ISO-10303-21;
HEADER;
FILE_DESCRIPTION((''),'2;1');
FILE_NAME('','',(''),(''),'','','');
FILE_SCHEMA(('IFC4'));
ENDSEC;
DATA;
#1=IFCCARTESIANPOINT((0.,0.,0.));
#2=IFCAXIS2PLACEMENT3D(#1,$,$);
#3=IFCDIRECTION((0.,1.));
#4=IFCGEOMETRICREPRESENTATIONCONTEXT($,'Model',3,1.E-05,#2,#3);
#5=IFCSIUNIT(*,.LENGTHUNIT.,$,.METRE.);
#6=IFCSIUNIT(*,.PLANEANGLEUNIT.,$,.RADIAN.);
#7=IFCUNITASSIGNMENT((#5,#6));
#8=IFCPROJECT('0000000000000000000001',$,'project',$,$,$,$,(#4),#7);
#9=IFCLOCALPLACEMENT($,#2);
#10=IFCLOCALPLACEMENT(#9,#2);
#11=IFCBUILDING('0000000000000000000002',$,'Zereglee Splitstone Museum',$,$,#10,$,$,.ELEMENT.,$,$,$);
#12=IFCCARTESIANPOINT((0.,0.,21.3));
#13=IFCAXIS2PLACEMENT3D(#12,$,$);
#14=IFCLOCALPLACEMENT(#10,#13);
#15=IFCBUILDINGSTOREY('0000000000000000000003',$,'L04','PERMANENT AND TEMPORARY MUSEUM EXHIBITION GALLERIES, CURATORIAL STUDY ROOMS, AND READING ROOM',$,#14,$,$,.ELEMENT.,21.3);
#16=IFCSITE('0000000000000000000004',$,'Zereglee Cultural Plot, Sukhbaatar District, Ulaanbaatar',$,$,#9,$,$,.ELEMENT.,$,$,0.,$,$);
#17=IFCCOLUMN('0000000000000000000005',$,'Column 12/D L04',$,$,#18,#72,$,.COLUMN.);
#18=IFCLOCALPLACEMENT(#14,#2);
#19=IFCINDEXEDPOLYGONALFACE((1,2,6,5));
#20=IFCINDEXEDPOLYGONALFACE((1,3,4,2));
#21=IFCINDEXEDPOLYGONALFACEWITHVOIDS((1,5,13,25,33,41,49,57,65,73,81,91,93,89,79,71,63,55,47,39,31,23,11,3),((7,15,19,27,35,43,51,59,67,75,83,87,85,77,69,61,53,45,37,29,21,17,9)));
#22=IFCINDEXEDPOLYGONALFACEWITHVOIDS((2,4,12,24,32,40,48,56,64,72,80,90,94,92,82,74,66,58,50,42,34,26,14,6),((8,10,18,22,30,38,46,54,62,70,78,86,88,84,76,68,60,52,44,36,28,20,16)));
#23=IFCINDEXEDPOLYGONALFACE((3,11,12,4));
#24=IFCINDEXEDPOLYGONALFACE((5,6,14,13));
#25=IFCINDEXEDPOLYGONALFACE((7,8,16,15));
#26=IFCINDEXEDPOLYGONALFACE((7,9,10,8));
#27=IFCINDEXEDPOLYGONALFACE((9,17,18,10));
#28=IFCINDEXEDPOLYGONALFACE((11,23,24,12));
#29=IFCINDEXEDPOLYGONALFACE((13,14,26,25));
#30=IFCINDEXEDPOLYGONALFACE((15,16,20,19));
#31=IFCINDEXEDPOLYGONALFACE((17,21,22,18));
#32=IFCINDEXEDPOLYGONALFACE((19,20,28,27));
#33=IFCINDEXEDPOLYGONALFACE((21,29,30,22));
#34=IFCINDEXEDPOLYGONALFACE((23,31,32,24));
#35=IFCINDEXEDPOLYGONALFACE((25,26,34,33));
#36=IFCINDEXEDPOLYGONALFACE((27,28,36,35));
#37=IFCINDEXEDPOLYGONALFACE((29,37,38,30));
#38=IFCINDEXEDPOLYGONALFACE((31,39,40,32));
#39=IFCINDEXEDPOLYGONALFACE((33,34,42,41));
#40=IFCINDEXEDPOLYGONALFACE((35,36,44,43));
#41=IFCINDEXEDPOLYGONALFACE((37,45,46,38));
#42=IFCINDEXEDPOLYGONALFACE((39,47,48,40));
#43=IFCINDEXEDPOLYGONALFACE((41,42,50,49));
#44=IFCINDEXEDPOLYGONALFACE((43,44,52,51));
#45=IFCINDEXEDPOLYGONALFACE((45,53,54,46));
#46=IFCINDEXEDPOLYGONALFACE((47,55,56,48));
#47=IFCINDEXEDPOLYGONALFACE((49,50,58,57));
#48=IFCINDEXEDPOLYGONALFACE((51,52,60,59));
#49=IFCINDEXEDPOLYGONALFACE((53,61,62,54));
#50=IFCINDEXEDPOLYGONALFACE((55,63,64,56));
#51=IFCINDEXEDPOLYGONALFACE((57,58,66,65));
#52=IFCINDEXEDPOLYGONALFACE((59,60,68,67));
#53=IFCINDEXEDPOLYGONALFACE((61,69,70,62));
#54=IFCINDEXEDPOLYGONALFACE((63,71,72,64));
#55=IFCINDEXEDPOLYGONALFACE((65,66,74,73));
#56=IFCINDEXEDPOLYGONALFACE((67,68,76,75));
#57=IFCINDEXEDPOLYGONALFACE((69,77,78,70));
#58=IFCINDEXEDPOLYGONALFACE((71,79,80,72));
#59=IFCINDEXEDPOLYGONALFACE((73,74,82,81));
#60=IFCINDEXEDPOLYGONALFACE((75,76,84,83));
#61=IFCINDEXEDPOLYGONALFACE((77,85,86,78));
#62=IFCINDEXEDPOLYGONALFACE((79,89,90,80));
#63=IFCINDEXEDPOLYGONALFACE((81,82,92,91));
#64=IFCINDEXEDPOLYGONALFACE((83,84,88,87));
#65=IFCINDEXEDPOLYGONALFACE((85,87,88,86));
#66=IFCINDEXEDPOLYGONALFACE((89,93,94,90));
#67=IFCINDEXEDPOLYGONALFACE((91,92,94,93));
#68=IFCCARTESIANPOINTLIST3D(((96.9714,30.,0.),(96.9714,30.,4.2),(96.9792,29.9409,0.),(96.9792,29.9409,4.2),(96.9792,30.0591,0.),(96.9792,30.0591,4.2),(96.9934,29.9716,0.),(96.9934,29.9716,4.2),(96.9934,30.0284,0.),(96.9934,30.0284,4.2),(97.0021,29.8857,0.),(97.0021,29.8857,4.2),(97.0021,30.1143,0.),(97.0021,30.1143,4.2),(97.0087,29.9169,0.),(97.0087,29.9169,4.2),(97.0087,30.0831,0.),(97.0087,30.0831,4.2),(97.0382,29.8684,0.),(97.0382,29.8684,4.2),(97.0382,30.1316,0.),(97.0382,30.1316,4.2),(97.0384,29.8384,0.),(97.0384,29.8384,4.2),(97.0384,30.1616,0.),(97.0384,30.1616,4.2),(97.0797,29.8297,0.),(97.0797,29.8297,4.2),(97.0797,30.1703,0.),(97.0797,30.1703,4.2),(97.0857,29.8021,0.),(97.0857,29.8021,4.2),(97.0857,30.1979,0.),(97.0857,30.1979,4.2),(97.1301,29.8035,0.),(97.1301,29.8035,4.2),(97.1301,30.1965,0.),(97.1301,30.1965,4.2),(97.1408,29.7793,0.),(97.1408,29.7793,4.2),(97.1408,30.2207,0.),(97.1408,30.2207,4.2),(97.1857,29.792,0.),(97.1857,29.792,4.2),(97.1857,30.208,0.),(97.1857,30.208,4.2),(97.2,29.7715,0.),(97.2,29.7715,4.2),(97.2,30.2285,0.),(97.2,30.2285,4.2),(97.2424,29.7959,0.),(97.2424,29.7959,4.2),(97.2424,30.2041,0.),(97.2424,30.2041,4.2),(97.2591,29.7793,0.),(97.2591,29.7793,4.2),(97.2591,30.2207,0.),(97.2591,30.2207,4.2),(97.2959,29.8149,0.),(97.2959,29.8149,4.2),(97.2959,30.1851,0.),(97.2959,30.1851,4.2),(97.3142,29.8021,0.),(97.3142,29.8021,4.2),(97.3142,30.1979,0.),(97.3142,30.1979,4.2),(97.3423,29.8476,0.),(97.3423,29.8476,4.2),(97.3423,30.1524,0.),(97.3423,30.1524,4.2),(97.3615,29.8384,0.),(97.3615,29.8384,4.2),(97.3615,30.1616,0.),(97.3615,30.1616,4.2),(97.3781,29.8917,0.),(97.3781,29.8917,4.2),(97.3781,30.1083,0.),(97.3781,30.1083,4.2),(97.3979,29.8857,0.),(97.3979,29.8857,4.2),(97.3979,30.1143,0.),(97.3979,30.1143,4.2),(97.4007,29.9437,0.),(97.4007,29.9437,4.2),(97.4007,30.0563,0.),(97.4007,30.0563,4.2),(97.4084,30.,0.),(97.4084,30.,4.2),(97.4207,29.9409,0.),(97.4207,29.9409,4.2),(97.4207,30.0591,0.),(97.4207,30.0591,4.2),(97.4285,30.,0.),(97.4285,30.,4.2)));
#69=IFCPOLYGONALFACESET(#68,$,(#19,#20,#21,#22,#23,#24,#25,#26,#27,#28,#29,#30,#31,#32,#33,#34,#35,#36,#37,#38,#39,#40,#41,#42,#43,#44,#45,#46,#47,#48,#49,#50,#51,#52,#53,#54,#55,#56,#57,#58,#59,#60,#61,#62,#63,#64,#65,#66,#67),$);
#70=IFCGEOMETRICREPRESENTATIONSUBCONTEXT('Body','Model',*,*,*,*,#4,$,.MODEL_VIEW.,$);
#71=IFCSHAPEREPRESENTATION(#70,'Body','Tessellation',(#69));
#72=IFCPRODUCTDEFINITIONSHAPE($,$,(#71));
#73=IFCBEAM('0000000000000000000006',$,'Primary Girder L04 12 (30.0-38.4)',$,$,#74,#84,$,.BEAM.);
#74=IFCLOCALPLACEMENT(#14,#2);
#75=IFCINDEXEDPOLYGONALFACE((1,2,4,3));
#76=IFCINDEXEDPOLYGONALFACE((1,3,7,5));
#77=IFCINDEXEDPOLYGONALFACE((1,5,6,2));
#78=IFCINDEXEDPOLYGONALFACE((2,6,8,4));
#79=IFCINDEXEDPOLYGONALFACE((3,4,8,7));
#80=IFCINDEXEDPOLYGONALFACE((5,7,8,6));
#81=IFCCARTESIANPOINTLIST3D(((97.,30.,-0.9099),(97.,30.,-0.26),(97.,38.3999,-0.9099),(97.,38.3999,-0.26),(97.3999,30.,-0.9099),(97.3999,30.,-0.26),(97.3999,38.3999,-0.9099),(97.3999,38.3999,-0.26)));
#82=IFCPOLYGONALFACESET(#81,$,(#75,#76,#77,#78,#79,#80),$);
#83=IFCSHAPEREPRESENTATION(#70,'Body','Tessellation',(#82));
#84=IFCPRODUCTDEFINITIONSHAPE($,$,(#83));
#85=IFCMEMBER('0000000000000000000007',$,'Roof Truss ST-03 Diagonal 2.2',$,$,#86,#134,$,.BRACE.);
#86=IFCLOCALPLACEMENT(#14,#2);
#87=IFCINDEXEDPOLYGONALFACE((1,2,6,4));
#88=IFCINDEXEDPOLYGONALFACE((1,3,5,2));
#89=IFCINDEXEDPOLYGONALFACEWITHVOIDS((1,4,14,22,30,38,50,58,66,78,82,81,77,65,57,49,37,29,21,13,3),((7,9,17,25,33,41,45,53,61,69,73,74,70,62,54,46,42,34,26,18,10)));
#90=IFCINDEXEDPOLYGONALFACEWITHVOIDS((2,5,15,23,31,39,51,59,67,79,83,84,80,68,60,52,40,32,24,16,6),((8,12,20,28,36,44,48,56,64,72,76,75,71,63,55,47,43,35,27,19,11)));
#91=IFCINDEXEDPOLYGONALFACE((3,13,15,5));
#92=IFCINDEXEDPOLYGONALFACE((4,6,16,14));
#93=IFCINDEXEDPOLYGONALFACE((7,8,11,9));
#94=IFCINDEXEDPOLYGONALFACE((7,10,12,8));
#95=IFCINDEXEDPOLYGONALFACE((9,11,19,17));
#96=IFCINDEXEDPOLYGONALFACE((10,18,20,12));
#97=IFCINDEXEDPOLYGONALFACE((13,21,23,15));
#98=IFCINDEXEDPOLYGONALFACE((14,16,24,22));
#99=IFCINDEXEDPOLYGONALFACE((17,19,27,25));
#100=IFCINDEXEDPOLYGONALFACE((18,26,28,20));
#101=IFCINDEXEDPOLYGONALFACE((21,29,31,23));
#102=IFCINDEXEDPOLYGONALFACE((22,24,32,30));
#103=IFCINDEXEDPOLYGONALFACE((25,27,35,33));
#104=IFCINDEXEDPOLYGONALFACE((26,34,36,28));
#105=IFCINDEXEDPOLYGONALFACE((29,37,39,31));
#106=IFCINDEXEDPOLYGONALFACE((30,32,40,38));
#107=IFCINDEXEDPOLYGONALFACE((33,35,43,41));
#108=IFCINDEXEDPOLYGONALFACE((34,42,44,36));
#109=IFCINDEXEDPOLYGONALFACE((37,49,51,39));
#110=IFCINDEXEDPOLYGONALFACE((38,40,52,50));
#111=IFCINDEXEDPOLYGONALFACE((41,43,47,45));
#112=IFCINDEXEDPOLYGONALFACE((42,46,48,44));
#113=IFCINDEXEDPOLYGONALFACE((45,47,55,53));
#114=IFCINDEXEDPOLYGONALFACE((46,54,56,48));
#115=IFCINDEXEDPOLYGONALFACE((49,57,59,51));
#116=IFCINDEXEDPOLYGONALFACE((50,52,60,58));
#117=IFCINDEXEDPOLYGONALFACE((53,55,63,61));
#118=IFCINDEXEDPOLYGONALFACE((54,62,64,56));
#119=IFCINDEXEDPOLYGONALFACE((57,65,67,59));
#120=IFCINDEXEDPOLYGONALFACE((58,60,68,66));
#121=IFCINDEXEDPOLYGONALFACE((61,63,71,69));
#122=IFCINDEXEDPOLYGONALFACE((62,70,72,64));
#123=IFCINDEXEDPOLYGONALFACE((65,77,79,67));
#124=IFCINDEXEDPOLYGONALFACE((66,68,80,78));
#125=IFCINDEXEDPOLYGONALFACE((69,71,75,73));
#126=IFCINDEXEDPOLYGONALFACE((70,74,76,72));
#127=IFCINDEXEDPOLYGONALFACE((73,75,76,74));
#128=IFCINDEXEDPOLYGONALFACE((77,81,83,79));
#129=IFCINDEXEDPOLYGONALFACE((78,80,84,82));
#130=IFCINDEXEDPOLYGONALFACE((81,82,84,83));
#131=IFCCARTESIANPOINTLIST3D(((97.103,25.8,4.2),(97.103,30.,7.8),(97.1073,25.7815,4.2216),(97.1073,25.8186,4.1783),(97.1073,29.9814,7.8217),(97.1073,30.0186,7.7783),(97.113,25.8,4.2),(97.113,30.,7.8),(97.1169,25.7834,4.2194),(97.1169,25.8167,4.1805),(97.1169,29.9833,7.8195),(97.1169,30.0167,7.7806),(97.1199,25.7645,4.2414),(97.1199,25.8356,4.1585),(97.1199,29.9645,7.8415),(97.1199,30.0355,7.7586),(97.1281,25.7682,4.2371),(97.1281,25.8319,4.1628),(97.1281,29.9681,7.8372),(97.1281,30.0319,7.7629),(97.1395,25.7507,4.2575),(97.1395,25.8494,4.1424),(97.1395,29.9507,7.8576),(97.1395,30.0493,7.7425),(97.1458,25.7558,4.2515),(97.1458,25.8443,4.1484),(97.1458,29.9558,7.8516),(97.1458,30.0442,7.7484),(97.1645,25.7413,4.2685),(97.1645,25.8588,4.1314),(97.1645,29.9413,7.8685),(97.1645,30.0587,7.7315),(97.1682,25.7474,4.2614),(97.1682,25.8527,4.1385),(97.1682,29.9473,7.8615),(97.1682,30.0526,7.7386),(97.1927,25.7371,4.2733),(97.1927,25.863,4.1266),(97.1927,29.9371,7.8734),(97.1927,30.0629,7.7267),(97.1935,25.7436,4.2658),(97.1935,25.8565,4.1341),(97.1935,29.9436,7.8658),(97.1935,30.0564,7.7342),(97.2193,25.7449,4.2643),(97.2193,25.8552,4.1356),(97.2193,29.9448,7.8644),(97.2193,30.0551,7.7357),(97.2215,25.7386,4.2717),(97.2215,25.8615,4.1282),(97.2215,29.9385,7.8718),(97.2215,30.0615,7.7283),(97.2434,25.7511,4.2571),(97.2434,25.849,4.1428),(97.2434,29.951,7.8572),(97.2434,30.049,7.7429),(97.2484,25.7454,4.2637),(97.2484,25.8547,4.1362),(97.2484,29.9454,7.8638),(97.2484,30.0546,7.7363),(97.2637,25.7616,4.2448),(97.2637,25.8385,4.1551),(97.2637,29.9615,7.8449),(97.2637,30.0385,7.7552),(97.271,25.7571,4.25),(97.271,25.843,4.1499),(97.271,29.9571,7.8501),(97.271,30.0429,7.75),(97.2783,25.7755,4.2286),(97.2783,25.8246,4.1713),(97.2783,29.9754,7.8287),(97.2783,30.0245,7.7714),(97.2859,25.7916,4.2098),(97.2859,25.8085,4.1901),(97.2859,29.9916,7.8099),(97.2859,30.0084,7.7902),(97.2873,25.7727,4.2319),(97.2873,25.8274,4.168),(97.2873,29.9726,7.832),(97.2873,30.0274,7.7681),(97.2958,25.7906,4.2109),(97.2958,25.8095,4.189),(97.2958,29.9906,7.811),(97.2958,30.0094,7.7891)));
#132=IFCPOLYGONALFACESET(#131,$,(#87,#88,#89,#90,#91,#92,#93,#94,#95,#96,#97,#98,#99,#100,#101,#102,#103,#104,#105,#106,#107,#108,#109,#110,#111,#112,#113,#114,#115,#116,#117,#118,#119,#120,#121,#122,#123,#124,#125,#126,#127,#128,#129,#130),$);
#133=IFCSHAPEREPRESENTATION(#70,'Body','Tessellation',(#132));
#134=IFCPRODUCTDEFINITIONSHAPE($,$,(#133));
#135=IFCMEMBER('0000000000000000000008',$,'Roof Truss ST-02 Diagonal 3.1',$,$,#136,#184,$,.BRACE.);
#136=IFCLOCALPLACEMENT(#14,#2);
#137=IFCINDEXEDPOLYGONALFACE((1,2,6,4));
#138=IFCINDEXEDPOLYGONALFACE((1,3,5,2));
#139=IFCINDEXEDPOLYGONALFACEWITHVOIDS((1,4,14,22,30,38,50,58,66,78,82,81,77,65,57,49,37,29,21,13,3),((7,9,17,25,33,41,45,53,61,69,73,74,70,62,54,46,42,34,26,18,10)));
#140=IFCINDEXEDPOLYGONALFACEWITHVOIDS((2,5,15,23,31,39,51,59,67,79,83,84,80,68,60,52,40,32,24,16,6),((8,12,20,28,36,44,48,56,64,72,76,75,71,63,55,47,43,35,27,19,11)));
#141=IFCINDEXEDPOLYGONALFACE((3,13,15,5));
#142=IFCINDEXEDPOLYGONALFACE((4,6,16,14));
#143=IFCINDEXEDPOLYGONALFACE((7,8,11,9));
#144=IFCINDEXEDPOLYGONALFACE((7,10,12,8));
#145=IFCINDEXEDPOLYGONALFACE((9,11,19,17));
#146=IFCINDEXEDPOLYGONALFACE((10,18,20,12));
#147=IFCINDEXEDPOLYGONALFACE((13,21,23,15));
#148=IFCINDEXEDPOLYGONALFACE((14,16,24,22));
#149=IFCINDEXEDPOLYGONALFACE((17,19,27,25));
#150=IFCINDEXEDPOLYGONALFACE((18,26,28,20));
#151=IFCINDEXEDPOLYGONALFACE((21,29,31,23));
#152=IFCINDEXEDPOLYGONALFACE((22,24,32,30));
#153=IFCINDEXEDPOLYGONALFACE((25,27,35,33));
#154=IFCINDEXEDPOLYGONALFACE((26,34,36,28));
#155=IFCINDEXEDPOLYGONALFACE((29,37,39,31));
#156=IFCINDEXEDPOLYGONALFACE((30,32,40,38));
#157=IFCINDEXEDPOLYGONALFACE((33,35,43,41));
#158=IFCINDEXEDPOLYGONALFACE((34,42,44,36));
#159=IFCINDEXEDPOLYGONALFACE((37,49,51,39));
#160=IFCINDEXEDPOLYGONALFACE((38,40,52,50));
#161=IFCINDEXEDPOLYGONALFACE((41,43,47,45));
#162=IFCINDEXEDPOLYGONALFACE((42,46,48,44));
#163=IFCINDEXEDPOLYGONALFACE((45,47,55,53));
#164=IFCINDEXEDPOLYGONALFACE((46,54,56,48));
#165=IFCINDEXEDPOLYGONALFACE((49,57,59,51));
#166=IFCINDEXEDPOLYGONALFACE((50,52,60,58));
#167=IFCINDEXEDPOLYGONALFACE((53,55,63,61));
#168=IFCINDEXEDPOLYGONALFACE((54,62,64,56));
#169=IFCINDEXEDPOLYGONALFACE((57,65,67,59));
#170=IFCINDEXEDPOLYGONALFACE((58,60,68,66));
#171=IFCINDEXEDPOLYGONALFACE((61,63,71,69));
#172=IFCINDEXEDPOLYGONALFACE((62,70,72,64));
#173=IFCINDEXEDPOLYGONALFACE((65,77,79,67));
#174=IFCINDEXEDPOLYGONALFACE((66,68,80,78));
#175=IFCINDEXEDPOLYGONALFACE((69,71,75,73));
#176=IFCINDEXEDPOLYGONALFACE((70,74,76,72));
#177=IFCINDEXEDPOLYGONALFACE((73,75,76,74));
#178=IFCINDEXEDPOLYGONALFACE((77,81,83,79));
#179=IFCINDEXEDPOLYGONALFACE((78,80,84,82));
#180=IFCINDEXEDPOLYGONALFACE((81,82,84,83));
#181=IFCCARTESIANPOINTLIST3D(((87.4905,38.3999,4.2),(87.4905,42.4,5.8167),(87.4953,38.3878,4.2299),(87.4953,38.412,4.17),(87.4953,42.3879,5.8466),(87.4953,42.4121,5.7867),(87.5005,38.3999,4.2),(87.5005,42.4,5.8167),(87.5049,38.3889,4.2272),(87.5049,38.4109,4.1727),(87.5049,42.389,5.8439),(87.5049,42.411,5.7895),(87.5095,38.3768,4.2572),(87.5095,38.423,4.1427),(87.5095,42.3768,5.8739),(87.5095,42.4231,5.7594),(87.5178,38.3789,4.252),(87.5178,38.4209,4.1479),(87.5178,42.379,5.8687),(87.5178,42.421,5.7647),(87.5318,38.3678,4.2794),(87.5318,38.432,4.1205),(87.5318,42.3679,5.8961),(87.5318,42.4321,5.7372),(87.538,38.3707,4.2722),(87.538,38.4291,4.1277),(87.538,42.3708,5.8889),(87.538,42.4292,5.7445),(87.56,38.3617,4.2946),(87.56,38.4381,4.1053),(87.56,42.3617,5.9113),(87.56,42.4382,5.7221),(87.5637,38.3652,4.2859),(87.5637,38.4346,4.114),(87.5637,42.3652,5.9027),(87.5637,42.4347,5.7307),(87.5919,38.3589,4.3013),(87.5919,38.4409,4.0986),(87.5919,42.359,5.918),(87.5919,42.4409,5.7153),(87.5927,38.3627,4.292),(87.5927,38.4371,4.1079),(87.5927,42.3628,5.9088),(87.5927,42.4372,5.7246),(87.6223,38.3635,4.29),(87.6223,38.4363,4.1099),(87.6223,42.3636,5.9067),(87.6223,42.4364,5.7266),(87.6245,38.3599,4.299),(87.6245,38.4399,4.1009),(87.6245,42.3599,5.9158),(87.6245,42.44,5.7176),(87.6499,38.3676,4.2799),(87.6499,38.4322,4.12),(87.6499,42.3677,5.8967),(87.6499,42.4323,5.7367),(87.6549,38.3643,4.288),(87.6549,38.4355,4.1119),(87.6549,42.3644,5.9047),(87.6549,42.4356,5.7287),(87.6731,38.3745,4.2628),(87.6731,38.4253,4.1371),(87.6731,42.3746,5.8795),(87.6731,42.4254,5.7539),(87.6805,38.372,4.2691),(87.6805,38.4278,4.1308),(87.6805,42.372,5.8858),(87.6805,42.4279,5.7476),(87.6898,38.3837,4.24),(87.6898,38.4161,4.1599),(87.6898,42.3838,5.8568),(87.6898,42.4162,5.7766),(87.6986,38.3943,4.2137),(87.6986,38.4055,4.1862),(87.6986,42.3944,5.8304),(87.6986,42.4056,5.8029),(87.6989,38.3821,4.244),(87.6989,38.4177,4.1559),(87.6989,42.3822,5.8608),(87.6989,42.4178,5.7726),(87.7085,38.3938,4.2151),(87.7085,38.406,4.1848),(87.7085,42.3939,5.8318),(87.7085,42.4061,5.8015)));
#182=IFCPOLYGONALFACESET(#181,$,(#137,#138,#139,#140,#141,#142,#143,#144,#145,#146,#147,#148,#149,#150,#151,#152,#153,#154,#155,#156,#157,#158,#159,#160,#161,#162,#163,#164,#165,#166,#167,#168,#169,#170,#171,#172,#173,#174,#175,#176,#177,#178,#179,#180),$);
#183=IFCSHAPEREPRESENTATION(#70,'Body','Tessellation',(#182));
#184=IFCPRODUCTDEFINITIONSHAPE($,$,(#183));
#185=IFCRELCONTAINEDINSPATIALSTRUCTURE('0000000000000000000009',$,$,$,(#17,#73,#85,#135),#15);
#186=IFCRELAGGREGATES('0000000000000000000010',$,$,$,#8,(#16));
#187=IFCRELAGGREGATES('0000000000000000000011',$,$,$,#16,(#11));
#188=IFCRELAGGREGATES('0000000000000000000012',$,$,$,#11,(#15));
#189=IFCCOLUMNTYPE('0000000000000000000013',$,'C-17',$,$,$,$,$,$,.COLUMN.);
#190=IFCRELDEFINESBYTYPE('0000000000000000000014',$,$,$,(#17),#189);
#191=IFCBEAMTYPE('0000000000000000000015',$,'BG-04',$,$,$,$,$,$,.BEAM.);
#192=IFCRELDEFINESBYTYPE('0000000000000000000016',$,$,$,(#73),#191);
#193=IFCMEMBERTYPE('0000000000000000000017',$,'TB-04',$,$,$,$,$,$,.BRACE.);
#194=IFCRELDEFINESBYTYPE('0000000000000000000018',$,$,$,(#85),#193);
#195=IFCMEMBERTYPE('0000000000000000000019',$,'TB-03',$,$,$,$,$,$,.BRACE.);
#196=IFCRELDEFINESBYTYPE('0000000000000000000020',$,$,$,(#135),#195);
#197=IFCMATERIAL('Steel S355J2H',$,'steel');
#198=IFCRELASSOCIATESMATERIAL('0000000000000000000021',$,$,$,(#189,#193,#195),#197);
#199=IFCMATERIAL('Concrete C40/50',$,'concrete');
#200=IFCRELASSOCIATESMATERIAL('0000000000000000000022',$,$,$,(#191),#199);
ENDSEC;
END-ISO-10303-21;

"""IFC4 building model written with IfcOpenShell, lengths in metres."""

from ifc_helpers import new_model, si_unit, direction, frame, origin, origin_2d, place, context, subcontext, project, spatial, rectangle, hollow_circle, extrude, material, material_profile, profile_set, type_object, element, save


model = new_model("IFC4")

# Units and contexts
model_context = context("Model", 3, precision=1e-05, world=origin(), true_north=direction((0.0, 1.0)))
body_context = subcontext(model_context, "Body", "Model", "MODEL_VIEW")
ifc_project = project(units=[si_unit("LENGTHUNIT", "METRE"), si_unit("PLANEANGLEUNIT", "RADIAN")], contexts=[model_context])

# Site, building, storey
site_placement = place(None, origin())
site = spatial("IfcSite", under=ifc_project, at=site_placement, Name="Zereglee Cultural Plot, Sukhbaatar District, Ulaanbaatar", CompositionType="ELEMENT", RefElevation=0.0)
building_placement = place(site_placement, origin())
building = spatial("IfcBuilding", under=site, at=building_placement, Name="Zereglee Splitstone Museum", CompositionType="ELEMENT")
storey_placement = place(building_placement, frame((0.0, 0.0, 21.3)))
storey = spatial("IfcBuildingStorey", under=building, at=storey_placement, Name="L04", Description="PERMANENT AND TEMPORARY MUSEUM EXHIBITION GALLERIES, CURATORIAL STUDY ROOMS, AND READING ROOM", CompositionType="ELEMENT", Elevation=21.3)

# Column
ifc_material_1 = material(Name="Steel S355J2H", Category="steel")
ifc_material_profile_1 = material_profile(ifc_material_1, hollow_circle(Radius=0.2285, WallThickness=0.02, at=origin_2d()), Name="CHS 457.0x20")
ifc_profile_set_1 = profile_set([ifc_material_profile_1], Name="Steel S355J2H")
column_type = type_object("IfcColumnType", Name="C-17", PredefinedType="COLUMN", material=ifc_profile_set_1)
column_placement = place(storey_placement, frame((97.2, 30.0, 0.0), z_axis=(0.0, 0.0, 1.0), x_axis=(1.0, 0.0, 0.0)))
element("IfcColumn", 1, at=column_placement, inside=storey, type_object=column_type, Name="Column 12/D L04", PredefinedType="COLUMN", context=body_context, shape_type="SweptSolid", body=[
    extrude(hollow_circle(Radius=0.2285, WallThickness=0.02, at=origin_2d()), origin(), (0.0, 0.0, 1.0), 4.2),
])

# Beam
ifc_material_2 = material(Name="Concrete C40/50", Category="concrete")
ifc_material_profile_2 = material_profile(ifc_material_2, rectangle(XDim=0.3999, YDim=0.6499, at=origin_2d()), Name="RC 400x650")
ifc_profile_set_2 = profile_set([ifc_material_profile_2], Name="Concrete C40/50")
beam_type_1 = type_object("IfcBeamType", Name="BG-04", PredefinedType="BEAM", material=ifc_profile_set_2)
beam_1_placement = place(storey_placement, frame((97.2, 30.0, -0.585), z_axis=(0.0, 1.0, 0.0), x_axis=(-1.0, 0.0, 0.0)))
element("IfcBeam", 2, at=beam_1_placement, inside=storey, type_object=beam_type_1, Name="Primary Girder L04 12 (30.0-38.4)", PredefinedType="BEAM", context=body_context, shape_type="SweptSolid", body=[
    extrude(rectangle(XDim=0.3999, YDim=0.6499, at=origin_2d()), origin(), (0.0, 0.0, 1.0), 8.3999),
])

# Members
ifc_material_profile_3 = material_profile(ifc_material_1, hollow_circle(Radius=0.0969, WallThickness=0.01, at=origin_2d()), Name="CHS 193.7x10")
ifc_profile_set_3 = profile_set([ifc_material_profile_3], Name="Steel S355J2H")
member_type_1 = type_object("IfcMemberType", Name="TB-04", PredefinedType="BRACE", material=ifc_profile_set_3)
member_1_placement = place(storey_placement, frame((97.2, 25.8, 4.2), z_axis=(0.0, 0.759244, 0.650806), x_axis=(-1.0, 0.0, 0.0)))
element("IfcMember", 3, at=member_1_placement, inside=storey, type_object=member_type_1, Name="Roof Truss ST-03 Diagonal 2.2", PredefinedType="BRACE", context=body_context, shape_type="SweptSolid", body=[
    extrude(hollow_circle(Radius=0.0969, WallThickness=0.01, at=origin_2d()), origin(), (0.0, 0.0, 1.0), 5.5317),
])
ifc_material_profile_4 = material_profile(ifc_material_1, hollow_circle(Radius=0.1096, WallThickness=0.01, at=origin_2d()), Name="CHS 219.1x10")
ifc_profile_set_4 = profile_set([ifc_material_profile_4], Name="Steel S355J2H")
member_type_2 = type_object("IfcMemberType", Name="TB-03", PredefinedType="BRACE", material=ifc_profile_set_4)
member_2_placement = place(storey_placement, frame((87.6001, 38.3999, 4.2), z_axis=(0.0, 0.927136, 0.374725), x_axis=(-1.0, 0.0, 0.0)))
element("IfcMember", 4, at=member_2_placement, inside=storey, type_object=member_type_2, Name="Roof Truss ST-02 Diagonal 3.1", PredefinedType="BRACE", context=body_context, shape_type="SweptSolid", body=[
    extrude(hollow_circle(Radius=0.1096, WallThickness=0.01, at=origin_2d()), origin(), (0.0, 0.0, 1.0), 4.3145),
])

save(model, "model.ifc")
